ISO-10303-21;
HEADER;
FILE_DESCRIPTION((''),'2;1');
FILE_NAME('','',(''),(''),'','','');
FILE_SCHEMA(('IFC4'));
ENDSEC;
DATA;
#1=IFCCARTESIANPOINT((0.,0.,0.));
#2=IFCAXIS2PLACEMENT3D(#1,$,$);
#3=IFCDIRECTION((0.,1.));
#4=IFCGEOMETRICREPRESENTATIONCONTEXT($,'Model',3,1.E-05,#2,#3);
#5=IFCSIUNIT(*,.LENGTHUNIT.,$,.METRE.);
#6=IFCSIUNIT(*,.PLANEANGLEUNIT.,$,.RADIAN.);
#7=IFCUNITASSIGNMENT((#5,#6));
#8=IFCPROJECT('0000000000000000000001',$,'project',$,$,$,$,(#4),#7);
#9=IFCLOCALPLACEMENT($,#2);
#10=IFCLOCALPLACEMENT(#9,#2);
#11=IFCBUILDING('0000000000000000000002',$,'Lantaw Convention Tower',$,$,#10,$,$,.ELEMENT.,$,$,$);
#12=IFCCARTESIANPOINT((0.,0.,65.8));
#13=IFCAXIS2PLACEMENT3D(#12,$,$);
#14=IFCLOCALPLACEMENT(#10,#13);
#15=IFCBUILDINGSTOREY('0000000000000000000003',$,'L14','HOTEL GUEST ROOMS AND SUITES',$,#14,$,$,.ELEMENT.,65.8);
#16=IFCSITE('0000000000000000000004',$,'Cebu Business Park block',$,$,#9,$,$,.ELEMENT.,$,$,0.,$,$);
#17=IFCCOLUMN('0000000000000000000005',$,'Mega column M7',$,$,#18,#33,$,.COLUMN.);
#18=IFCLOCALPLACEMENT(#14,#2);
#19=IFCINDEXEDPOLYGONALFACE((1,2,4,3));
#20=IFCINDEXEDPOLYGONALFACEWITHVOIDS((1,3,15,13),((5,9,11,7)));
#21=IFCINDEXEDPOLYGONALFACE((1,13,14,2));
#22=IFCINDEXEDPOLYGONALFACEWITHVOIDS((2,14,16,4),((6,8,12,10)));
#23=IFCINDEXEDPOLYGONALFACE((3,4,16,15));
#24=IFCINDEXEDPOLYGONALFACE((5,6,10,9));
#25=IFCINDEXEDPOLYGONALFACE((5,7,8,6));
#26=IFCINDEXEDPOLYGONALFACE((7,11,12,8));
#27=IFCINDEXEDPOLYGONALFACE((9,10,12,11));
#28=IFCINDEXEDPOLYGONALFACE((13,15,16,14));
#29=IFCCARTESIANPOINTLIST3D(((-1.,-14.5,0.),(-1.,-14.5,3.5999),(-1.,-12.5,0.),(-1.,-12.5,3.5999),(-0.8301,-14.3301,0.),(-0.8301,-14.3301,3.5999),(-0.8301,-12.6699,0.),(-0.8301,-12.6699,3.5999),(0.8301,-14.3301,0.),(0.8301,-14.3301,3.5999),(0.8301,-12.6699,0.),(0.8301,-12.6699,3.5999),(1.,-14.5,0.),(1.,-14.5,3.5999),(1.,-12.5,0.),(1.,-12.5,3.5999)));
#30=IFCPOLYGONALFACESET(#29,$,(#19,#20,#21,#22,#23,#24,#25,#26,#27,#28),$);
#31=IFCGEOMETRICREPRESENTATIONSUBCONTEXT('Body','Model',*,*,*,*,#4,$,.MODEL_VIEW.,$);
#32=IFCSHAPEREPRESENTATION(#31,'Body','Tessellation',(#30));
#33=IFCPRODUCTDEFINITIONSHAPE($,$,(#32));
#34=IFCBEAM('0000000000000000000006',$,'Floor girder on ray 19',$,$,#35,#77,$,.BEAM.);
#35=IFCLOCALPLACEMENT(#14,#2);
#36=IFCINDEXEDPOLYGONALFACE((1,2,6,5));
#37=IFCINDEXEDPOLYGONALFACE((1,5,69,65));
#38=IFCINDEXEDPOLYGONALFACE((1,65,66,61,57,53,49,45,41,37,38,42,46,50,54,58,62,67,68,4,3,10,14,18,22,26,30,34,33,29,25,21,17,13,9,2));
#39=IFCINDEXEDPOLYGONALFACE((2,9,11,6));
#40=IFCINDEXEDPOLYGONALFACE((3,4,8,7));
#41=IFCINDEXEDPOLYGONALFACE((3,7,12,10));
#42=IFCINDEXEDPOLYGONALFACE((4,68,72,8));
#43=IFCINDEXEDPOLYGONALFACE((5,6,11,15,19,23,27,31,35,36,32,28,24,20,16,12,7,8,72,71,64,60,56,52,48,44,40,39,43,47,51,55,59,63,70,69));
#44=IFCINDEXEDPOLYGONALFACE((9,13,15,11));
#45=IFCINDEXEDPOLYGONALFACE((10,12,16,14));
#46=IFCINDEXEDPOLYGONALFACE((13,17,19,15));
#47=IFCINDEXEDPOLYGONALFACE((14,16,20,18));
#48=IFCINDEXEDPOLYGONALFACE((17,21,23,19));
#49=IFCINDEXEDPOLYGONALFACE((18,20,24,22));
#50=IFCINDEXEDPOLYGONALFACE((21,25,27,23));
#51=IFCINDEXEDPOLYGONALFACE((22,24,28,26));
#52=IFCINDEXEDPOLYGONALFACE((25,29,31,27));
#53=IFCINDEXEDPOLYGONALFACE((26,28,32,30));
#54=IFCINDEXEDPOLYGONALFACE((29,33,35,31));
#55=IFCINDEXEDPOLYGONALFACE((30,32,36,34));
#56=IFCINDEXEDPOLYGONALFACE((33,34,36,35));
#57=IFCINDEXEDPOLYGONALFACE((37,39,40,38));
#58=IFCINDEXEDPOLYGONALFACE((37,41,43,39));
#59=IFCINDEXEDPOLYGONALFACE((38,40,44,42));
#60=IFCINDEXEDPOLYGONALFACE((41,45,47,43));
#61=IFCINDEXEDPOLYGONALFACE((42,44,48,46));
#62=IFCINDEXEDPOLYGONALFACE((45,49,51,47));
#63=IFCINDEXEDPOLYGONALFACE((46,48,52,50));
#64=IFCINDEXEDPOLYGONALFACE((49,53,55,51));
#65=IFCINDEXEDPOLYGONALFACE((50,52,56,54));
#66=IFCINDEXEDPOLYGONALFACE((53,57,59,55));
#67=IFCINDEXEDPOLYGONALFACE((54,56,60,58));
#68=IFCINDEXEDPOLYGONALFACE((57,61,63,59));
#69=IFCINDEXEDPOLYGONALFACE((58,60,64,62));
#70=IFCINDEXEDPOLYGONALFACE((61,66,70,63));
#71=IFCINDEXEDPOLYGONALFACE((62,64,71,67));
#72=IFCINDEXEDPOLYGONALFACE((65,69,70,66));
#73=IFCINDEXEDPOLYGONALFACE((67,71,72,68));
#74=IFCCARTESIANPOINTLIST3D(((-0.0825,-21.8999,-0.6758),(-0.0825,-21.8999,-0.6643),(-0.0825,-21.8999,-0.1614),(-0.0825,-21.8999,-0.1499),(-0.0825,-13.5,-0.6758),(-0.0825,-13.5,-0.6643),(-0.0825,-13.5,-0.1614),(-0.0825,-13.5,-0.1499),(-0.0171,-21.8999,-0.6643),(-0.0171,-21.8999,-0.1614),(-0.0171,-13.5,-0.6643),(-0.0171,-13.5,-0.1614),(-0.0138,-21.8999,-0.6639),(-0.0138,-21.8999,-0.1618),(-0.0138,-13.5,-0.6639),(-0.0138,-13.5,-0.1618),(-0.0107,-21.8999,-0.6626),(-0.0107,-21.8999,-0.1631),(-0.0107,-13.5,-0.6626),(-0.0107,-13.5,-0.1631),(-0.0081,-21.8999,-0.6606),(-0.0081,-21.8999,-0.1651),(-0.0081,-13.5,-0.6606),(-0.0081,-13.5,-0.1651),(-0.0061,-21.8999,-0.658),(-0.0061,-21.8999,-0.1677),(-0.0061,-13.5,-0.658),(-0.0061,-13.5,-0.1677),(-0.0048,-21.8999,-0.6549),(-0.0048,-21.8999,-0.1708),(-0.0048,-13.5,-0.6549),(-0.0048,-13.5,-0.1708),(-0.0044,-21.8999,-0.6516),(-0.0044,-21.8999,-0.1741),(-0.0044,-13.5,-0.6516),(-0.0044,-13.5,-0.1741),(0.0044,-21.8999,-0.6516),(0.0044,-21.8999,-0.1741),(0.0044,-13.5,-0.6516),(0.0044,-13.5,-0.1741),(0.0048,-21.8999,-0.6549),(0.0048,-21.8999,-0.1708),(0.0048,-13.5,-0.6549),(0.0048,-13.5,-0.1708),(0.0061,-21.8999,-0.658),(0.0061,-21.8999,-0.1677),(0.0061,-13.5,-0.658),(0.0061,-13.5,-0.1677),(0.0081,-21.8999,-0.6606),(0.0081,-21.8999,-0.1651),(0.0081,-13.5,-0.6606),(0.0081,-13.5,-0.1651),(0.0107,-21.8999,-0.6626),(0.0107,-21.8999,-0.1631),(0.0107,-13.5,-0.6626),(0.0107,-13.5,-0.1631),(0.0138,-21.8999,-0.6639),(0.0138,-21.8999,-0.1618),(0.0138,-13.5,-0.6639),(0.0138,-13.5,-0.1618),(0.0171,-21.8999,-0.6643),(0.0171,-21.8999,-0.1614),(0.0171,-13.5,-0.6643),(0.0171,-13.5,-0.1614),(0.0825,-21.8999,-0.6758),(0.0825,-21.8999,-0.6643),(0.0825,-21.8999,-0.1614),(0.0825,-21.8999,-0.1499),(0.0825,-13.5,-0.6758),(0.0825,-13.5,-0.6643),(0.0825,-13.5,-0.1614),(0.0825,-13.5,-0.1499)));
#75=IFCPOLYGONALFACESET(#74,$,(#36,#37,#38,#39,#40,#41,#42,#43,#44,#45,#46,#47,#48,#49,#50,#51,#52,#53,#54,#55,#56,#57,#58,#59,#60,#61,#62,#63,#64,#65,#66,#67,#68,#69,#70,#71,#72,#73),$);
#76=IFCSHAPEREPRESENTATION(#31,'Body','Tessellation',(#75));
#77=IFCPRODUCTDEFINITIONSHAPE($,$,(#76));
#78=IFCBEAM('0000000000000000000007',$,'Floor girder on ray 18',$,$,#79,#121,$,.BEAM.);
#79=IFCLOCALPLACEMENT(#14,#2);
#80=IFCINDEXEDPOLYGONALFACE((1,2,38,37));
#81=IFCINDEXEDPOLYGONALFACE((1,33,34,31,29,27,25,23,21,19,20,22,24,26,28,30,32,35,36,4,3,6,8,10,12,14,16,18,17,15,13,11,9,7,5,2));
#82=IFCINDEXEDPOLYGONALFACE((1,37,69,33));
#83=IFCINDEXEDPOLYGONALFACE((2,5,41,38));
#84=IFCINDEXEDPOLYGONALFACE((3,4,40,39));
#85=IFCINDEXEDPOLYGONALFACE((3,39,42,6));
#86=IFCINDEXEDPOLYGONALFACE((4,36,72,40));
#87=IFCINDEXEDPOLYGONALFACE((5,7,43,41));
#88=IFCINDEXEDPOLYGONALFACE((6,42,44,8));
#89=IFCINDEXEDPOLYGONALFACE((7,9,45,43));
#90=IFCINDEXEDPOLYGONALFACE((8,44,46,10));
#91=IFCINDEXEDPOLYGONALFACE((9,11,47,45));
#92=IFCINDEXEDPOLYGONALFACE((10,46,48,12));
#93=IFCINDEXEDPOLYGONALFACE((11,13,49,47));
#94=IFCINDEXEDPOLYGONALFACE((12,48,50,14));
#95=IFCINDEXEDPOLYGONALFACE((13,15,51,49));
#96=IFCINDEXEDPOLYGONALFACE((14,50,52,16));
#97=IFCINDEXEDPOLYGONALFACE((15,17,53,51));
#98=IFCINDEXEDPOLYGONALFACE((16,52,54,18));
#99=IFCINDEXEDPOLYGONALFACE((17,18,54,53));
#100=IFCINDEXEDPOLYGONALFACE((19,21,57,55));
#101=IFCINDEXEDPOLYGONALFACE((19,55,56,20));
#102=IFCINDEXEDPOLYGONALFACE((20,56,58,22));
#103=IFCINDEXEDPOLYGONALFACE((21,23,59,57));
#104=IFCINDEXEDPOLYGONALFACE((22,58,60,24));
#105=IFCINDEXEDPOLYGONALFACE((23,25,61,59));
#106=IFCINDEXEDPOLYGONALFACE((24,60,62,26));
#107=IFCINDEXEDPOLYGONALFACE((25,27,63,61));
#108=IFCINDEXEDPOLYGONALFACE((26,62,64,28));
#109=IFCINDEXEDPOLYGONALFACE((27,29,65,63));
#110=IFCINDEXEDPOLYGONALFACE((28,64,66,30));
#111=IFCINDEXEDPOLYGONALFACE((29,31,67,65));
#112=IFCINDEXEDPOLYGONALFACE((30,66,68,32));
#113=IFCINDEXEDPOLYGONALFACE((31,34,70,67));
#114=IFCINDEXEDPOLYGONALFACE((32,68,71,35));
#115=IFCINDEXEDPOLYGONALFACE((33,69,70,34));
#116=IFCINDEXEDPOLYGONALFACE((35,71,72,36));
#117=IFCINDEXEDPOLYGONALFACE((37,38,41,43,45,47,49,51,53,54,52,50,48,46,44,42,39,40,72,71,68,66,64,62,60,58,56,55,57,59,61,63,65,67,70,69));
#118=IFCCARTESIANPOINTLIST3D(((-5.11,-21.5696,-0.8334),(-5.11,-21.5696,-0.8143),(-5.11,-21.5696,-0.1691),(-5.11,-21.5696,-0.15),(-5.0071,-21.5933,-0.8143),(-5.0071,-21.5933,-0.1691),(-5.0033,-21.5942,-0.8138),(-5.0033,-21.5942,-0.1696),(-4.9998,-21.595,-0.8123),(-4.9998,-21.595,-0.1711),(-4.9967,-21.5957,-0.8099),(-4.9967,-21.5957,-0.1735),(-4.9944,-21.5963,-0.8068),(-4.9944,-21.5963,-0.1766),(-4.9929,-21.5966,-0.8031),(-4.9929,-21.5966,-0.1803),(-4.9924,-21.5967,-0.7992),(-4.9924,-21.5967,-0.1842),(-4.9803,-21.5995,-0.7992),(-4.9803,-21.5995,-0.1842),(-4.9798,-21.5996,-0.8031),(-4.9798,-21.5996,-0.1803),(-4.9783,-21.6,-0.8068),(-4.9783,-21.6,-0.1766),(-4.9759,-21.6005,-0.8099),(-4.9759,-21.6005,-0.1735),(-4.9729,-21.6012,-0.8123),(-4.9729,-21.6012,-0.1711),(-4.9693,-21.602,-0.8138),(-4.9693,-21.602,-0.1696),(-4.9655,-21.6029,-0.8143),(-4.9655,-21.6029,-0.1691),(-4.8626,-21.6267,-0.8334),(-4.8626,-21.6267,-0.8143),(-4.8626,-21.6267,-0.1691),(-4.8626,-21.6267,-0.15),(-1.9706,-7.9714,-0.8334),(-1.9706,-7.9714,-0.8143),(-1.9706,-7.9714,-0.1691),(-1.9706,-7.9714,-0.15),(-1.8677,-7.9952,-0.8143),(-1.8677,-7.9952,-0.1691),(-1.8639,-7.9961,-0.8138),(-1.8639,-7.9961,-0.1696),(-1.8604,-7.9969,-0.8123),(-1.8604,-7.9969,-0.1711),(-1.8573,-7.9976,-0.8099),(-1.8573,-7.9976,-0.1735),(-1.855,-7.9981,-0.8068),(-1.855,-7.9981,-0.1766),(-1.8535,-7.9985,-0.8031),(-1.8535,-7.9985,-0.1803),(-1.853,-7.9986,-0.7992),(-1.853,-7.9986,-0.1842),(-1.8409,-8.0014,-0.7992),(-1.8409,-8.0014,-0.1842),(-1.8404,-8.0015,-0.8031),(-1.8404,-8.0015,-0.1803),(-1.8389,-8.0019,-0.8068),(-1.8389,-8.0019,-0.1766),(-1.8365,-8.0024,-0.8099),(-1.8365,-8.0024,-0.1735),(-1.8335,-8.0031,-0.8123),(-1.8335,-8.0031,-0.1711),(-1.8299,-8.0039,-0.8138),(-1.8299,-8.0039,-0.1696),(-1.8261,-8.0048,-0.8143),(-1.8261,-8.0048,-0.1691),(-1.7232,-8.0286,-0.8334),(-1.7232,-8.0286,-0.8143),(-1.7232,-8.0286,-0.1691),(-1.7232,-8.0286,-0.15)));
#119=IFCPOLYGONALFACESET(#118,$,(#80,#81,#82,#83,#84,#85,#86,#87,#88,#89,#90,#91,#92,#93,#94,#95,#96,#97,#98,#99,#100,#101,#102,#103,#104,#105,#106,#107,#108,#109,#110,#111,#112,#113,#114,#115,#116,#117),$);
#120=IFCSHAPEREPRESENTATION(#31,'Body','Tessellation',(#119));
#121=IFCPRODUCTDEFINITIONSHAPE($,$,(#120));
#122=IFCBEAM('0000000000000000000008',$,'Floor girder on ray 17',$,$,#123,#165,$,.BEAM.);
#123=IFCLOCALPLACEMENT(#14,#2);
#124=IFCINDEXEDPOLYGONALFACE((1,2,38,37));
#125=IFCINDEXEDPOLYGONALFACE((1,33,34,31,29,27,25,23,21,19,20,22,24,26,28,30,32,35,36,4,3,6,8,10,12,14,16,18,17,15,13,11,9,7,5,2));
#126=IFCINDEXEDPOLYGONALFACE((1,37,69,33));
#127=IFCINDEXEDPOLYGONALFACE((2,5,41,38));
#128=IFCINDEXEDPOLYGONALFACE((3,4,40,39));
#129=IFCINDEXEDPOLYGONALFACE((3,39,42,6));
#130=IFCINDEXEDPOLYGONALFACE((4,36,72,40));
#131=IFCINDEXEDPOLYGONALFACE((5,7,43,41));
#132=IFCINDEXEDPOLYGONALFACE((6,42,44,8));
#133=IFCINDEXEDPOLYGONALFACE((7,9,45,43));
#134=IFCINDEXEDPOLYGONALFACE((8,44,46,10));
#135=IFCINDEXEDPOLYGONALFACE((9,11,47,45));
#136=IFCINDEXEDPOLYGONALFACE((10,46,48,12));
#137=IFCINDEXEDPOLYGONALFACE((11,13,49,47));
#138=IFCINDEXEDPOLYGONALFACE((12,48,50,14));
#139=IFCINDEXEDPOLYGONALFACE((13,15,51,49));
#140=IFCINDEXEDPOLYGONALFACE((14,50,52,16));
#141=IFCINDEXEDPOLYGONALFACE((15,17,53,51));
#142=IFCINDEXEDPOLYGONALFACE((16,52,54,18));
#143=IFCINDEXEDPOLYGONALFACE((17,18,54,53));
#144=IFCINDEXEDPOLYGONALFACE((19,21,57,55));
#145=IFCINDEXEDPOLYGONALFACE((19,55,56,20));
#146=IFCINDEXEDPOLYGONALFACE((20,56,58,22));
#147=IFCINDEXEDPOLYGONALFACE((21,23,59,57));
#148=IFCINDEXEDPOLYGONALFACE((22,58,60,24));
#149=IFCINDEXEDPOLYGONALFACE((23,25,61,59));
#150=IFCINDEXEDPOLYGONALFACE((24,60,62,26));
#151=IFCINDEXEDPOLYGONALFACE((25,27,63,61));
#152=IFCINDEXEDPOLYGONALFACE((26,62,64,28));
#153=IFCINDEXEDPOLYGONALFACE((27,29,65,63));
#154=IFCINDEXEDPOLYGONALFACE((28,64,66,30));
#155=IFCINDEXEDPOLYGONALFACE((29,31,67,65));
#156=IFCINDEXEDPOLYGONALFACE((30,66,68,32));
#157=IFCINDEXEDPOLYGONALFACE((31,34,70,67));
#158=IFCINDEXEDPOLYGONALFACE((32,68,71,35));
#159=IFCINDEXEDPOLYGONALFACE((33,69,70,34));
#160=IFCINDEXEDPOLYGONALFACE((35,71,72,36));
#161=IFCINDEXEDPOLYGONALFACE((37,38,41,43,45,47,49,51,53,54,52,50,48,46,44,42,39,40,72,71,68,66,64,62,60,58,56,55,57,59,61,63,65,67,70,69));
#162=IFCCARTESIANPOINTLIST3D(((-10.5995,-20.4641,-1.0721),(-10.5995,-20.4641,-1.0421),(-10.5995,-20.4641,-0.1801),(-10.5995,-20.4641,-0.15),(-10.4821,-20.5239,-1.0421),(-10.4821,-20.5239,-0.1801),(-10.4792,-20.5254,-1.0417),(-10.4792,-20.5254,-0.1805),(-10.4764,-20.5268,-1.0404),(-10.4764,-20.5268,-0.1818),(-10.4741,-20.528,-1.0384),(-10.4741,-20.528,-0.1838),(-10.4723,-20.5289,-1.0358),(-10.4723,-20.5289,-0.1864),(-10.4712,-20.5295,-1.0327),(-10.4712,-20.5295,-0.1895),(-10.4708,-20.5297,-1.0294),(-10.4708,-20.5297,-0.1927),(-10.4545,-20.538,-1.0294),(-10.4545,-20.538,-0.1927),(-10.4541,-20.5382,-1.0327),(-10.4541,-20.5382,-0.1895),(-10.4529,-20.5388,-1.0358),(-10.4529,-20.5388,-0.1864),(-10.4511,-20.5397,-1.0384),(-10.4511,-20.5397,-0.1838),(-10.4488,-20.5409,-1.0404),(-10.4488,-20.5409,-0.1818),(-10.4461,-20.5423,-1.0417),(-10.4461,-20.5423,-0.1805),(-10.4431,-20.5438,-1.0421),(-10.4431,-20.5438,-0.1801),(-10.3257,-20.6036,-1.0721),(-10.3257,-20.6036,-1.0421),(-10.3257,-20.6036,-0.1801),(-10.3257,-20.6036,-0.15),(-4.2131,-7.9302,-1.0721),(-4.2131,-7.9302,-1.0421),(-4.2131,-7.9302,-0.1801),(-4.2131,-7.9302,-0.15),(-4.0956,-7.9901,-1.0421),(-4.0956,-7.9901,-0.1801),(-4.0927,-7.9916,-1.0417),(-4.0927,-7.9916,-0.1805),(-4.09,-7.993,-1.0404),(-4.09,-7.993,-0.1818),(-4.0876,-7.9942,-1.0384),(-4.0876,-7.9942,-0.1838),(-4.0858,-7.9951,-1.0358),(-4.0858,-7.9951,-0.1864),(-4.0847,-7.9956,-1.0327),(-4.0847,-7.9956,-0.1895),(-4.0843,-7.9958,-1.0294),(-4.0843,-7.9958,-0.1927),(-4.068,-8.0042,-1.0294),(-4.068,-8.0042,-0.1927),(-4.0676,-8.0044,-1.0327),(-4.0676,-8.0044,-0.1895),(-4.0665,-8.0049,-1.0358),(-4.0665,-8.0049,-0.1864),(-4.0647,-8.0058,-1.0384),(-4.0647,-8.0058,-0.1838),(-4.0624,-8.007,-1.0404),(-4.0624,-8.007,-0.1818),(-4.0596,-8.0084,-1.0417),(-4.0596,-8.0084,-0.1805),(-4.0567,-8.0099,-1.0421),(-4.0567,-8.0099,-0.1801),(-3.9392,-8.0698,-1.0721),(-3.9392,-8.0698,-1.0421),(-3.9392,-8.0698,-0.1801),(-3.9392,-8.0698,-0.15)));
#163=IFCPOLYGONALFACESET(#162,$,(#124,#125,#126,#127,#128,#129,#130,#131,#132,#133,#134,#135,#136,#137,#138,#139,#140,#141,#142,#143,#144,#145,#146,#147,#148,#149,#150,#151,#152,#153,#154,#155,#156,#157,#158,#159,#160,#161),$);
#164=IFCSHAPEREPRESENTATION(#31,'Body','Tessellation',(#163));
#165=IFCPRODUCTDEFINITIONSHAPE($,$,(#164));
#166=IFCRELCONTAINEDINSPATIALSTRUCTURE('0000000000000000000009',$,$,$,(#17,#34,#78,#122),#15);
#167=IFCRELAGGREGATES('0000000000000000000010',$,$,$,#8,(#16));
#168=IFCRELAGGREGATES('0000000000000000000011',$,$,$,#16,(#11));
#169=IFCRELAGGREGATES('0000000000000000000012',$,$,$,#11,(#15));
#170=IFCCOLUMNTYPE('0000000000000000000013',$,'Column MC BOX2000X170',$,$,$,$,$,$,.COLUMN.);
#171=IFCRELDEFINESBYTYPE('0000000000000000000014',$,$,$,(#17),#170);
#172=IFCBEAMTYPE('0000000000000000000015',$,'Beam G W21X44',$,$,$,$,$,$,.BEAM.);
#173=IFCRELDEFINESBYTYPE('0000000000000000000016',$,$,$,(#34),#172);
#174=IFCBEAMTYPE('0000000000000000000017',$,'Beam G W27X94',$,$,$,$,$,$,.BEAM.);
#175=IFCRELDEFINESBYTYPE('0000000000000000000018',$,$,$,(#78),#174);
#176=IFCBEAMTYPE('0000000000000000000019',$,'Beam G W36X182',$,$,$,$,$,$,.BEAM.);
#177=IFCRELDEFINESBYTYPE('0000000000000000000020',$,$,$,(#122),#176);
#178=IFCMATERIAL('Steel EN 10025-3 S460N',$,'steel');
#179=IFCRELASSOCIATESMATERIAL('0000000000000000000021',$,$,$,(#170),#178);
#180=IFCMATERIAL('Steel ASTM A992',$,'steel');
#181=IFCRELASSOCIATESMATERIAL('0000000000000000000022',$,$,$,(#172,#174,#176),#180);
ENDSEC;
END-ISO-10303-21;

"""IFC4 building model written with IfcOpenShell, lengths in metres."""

from ifc_helpers import new_model, si_unit, direction, frame, origin, origin_2d, place, context, subcontext, project, spatial, rectangle, hollow_rectangle, i_section, extrude, material, material_profile, profile_set, type_object, element, save


model = new_model("IFC4")

# Units and contexts
model_context = context("Model", 3, precision=1e-05, world=origin(), true_north=direction((0.0, 1.0)))
body_context = subcontext(model_context, "Body", "Model", "MODEL_VIEW")
ifc_project = project(units=[si_unit("LENGTHUNIT", "METRE"), si_unit("PLANEANGLEUNIT", "RADIAN")], contexts=[model_context])

# Site, building, storey
site_placement = place(None, origin())
site = spatial("IfcSite", under=ifc_project, at=site_placement, Name="Cebu Business Park block", CompositionType="ELEMENT", RefElevation=0.0)
building_placement = place(site_placement, origin())
building = spatial("IfcBuilding", under=site, at=building_placement, Name="Lantaw Convention Tower", CompositionType="ELEMENT")
storey_placement = place(building_placement, frame((0.0, 0.0, 65.8)))
storey = spatial("IfcBuildingStorey", under=building, at=storey_placement, Name="L14", Description="HOTEL GUEST ROOMS AND SUITES", CompositionType="ELEMENT", Elevation=65.8)

# Column
ifc_material_1 = material(Name="Steel EN 10025-3 S460N", Category="steel")
ifc_material_profile_1 = material_profile(ifc_material_1, hollow_rectangle(XDim=2.0, YDim=2.0, WallThickness=0.1699, at=origin_2d()), Name="BOX2000X170")
ifc_material_2 = material(Name="Concrete C60/75", Category="concrete")
ifc_material_profile_2 = material_profile(ifc_material_2, rectangle(XDim=1.6599, YDim=1.6599, at=origin_2d()), Name="Concrete fill of BOX2000X170")
ifc_profile_set_1 = profile_set([ifc_material_profile_1, ifc_material_profile_2], Name="Steel EN 10025-3 S460N")
column_type = type_object("IfcColumnType", Name="Column MC BOX2000X170", PredefinedType="COLUMN", material=ifc_profile_set_1)
column_placement = place(storey_placement, frame((0.0, -13.5, 0.0), z_axis=(0.0, 0.0, 1.0), x_axis=(1.0, 0.0, 0.0)))
element("IfcColumn", 1, at=column_placement, inside=storey, type_object=column_type, Name="Mega column M7", PredefinedType="COLUMN", context=body_context, shape_type="SweptSolid", body=[
    extrude(hollow_rectangle(XDim=2.0, YDim=2.0, WallThickness=0.1699, at=origin_2d()), origin(), (0.0, 0.0, 1.0), 3.5999),
])

# Beams
ifc_material_3 = material(Name="Steel ASTM A992", Category="steel")
ifc_material_profile_3 = material_profile(ifc_material_3, i_section(OverallWidth=0.165, OverallDepth=0.5259, WebThickness=0.0088, FlangeThickness=0.0115, FilletRadius=0.0127, at=origin_2d()), Name="W21X44")
ifc_profile_set_2 = profile_set([ifc_material_profile_3], Name="Steel ASTM A992")
beam_type_1 = type_object("IfcBeamType", Name="Beam G W21X44", PredefinedType="BEAM", material=ifc_profile_set_2)
beam_1_placement = place(storey_placement, frame((0.0, -13.5, -0.4128), z_axis=(0.0, -1.0, 0.0), x_axis=(1.0, 0.0, 0.0)))
element("IfcBeam", 2, at=beam_1_placement, inside=storey, type_object=beam_type_1, Name="Floor girder on ray 19", PredefinedType="BEAM", context=body_context, shape_type="SweptSolid", body=[
    extrude(i_section(OverallWidth=0.165, OverallDepth=0.5259, WebThickness=0.0088, FlangeThickness=0.0115, FilletRadius=0.0127, at=origin_2d()), origin(), (0.0, 0.0, 1.0), 8.3999),
])
ifc_material_profile_4 = material_profile(ifc_material_3, i_section(OverallWidth=0.2539, OverallDepth=0.6833, WebThickness=0.0125, FlangeThickness=0.019, FilletRadius=0.0151, at=origin_2d()), Name="W27X94")
ifc_profile_set_3 = profile_set([ifc_material_profile_4], Name="Steel ASTM A992")
beam_type_2 = type_object("IfcBeamType", Name="Beam G W27X94", PredefinedType="BEAM", material=ifc_profile_set_3)
beam_2_placement = place(storey_placement, frame((-1.8469, -8.0, -0.4917), z_axis=(-0.224953, -0.97437, 0.0), x_axis=(0.97437, -0.224953, 0.0)))
element("IfcBeam", 3, at=beam_2_placement, inside=storey, type_object=beam_type_2, Name="Floor girder on ray 18", PredefinedType="BEAM", context=body_context, shape_type="SweptSolid", body=[
    extrude(i_section(OverallWidth=0.2539, OverallDepth=0.6833, WebThickness=0.0125, FlangeThickness=0.019, FilletRadius=0.0151, at=origin_2d()), origin(), (0.0, 0.0, 1.0), 13.9558),
])
ifc_material_profile_5 = material_profile(ifc_material_3, i_section(OverallWidth=0.3074, OverallDepth=0.9221, WebThickness=0.0183, FlangeThickness=0.03, FilletRadius=0.0127, at=origin_2d()), Name="W36X182")
ifc_profile_set_4 = profile_set([ifc_material_profile_5], Name="Steel ASTM A992")
beam_type_3 = type_object("IfcBeamType", Name="Beam G W36X182", PredefinedType="BEAM", material=ifc_profile_set_4)
beam_3_placement = place(storey_placement, frame((-4.0762, -8.0, -0.6111), z_axis=(-0.453997, -0.891003, 0.0), x_axis=(0.891003, -0.453997, 0.0)))
element("IfcBeam", 4, at=beam_3_placement, inside=storey, type_object=beam_type_3, Name="Floor girder on ray 17", PredefinedType="BEAM", context=body_context, shape_type="SweptSolid", body=[
    extrude(i_section(OverallWidth=0.3074, OverallDepth=0.9221, WebThickness=0.0183, FlangeThickness=0.03, FilletRadius=0.0127, at=origin_2d()), origin(), (0.0, 0.0, 1.0), 14.0671),
])

save(model, "model.ifc")
